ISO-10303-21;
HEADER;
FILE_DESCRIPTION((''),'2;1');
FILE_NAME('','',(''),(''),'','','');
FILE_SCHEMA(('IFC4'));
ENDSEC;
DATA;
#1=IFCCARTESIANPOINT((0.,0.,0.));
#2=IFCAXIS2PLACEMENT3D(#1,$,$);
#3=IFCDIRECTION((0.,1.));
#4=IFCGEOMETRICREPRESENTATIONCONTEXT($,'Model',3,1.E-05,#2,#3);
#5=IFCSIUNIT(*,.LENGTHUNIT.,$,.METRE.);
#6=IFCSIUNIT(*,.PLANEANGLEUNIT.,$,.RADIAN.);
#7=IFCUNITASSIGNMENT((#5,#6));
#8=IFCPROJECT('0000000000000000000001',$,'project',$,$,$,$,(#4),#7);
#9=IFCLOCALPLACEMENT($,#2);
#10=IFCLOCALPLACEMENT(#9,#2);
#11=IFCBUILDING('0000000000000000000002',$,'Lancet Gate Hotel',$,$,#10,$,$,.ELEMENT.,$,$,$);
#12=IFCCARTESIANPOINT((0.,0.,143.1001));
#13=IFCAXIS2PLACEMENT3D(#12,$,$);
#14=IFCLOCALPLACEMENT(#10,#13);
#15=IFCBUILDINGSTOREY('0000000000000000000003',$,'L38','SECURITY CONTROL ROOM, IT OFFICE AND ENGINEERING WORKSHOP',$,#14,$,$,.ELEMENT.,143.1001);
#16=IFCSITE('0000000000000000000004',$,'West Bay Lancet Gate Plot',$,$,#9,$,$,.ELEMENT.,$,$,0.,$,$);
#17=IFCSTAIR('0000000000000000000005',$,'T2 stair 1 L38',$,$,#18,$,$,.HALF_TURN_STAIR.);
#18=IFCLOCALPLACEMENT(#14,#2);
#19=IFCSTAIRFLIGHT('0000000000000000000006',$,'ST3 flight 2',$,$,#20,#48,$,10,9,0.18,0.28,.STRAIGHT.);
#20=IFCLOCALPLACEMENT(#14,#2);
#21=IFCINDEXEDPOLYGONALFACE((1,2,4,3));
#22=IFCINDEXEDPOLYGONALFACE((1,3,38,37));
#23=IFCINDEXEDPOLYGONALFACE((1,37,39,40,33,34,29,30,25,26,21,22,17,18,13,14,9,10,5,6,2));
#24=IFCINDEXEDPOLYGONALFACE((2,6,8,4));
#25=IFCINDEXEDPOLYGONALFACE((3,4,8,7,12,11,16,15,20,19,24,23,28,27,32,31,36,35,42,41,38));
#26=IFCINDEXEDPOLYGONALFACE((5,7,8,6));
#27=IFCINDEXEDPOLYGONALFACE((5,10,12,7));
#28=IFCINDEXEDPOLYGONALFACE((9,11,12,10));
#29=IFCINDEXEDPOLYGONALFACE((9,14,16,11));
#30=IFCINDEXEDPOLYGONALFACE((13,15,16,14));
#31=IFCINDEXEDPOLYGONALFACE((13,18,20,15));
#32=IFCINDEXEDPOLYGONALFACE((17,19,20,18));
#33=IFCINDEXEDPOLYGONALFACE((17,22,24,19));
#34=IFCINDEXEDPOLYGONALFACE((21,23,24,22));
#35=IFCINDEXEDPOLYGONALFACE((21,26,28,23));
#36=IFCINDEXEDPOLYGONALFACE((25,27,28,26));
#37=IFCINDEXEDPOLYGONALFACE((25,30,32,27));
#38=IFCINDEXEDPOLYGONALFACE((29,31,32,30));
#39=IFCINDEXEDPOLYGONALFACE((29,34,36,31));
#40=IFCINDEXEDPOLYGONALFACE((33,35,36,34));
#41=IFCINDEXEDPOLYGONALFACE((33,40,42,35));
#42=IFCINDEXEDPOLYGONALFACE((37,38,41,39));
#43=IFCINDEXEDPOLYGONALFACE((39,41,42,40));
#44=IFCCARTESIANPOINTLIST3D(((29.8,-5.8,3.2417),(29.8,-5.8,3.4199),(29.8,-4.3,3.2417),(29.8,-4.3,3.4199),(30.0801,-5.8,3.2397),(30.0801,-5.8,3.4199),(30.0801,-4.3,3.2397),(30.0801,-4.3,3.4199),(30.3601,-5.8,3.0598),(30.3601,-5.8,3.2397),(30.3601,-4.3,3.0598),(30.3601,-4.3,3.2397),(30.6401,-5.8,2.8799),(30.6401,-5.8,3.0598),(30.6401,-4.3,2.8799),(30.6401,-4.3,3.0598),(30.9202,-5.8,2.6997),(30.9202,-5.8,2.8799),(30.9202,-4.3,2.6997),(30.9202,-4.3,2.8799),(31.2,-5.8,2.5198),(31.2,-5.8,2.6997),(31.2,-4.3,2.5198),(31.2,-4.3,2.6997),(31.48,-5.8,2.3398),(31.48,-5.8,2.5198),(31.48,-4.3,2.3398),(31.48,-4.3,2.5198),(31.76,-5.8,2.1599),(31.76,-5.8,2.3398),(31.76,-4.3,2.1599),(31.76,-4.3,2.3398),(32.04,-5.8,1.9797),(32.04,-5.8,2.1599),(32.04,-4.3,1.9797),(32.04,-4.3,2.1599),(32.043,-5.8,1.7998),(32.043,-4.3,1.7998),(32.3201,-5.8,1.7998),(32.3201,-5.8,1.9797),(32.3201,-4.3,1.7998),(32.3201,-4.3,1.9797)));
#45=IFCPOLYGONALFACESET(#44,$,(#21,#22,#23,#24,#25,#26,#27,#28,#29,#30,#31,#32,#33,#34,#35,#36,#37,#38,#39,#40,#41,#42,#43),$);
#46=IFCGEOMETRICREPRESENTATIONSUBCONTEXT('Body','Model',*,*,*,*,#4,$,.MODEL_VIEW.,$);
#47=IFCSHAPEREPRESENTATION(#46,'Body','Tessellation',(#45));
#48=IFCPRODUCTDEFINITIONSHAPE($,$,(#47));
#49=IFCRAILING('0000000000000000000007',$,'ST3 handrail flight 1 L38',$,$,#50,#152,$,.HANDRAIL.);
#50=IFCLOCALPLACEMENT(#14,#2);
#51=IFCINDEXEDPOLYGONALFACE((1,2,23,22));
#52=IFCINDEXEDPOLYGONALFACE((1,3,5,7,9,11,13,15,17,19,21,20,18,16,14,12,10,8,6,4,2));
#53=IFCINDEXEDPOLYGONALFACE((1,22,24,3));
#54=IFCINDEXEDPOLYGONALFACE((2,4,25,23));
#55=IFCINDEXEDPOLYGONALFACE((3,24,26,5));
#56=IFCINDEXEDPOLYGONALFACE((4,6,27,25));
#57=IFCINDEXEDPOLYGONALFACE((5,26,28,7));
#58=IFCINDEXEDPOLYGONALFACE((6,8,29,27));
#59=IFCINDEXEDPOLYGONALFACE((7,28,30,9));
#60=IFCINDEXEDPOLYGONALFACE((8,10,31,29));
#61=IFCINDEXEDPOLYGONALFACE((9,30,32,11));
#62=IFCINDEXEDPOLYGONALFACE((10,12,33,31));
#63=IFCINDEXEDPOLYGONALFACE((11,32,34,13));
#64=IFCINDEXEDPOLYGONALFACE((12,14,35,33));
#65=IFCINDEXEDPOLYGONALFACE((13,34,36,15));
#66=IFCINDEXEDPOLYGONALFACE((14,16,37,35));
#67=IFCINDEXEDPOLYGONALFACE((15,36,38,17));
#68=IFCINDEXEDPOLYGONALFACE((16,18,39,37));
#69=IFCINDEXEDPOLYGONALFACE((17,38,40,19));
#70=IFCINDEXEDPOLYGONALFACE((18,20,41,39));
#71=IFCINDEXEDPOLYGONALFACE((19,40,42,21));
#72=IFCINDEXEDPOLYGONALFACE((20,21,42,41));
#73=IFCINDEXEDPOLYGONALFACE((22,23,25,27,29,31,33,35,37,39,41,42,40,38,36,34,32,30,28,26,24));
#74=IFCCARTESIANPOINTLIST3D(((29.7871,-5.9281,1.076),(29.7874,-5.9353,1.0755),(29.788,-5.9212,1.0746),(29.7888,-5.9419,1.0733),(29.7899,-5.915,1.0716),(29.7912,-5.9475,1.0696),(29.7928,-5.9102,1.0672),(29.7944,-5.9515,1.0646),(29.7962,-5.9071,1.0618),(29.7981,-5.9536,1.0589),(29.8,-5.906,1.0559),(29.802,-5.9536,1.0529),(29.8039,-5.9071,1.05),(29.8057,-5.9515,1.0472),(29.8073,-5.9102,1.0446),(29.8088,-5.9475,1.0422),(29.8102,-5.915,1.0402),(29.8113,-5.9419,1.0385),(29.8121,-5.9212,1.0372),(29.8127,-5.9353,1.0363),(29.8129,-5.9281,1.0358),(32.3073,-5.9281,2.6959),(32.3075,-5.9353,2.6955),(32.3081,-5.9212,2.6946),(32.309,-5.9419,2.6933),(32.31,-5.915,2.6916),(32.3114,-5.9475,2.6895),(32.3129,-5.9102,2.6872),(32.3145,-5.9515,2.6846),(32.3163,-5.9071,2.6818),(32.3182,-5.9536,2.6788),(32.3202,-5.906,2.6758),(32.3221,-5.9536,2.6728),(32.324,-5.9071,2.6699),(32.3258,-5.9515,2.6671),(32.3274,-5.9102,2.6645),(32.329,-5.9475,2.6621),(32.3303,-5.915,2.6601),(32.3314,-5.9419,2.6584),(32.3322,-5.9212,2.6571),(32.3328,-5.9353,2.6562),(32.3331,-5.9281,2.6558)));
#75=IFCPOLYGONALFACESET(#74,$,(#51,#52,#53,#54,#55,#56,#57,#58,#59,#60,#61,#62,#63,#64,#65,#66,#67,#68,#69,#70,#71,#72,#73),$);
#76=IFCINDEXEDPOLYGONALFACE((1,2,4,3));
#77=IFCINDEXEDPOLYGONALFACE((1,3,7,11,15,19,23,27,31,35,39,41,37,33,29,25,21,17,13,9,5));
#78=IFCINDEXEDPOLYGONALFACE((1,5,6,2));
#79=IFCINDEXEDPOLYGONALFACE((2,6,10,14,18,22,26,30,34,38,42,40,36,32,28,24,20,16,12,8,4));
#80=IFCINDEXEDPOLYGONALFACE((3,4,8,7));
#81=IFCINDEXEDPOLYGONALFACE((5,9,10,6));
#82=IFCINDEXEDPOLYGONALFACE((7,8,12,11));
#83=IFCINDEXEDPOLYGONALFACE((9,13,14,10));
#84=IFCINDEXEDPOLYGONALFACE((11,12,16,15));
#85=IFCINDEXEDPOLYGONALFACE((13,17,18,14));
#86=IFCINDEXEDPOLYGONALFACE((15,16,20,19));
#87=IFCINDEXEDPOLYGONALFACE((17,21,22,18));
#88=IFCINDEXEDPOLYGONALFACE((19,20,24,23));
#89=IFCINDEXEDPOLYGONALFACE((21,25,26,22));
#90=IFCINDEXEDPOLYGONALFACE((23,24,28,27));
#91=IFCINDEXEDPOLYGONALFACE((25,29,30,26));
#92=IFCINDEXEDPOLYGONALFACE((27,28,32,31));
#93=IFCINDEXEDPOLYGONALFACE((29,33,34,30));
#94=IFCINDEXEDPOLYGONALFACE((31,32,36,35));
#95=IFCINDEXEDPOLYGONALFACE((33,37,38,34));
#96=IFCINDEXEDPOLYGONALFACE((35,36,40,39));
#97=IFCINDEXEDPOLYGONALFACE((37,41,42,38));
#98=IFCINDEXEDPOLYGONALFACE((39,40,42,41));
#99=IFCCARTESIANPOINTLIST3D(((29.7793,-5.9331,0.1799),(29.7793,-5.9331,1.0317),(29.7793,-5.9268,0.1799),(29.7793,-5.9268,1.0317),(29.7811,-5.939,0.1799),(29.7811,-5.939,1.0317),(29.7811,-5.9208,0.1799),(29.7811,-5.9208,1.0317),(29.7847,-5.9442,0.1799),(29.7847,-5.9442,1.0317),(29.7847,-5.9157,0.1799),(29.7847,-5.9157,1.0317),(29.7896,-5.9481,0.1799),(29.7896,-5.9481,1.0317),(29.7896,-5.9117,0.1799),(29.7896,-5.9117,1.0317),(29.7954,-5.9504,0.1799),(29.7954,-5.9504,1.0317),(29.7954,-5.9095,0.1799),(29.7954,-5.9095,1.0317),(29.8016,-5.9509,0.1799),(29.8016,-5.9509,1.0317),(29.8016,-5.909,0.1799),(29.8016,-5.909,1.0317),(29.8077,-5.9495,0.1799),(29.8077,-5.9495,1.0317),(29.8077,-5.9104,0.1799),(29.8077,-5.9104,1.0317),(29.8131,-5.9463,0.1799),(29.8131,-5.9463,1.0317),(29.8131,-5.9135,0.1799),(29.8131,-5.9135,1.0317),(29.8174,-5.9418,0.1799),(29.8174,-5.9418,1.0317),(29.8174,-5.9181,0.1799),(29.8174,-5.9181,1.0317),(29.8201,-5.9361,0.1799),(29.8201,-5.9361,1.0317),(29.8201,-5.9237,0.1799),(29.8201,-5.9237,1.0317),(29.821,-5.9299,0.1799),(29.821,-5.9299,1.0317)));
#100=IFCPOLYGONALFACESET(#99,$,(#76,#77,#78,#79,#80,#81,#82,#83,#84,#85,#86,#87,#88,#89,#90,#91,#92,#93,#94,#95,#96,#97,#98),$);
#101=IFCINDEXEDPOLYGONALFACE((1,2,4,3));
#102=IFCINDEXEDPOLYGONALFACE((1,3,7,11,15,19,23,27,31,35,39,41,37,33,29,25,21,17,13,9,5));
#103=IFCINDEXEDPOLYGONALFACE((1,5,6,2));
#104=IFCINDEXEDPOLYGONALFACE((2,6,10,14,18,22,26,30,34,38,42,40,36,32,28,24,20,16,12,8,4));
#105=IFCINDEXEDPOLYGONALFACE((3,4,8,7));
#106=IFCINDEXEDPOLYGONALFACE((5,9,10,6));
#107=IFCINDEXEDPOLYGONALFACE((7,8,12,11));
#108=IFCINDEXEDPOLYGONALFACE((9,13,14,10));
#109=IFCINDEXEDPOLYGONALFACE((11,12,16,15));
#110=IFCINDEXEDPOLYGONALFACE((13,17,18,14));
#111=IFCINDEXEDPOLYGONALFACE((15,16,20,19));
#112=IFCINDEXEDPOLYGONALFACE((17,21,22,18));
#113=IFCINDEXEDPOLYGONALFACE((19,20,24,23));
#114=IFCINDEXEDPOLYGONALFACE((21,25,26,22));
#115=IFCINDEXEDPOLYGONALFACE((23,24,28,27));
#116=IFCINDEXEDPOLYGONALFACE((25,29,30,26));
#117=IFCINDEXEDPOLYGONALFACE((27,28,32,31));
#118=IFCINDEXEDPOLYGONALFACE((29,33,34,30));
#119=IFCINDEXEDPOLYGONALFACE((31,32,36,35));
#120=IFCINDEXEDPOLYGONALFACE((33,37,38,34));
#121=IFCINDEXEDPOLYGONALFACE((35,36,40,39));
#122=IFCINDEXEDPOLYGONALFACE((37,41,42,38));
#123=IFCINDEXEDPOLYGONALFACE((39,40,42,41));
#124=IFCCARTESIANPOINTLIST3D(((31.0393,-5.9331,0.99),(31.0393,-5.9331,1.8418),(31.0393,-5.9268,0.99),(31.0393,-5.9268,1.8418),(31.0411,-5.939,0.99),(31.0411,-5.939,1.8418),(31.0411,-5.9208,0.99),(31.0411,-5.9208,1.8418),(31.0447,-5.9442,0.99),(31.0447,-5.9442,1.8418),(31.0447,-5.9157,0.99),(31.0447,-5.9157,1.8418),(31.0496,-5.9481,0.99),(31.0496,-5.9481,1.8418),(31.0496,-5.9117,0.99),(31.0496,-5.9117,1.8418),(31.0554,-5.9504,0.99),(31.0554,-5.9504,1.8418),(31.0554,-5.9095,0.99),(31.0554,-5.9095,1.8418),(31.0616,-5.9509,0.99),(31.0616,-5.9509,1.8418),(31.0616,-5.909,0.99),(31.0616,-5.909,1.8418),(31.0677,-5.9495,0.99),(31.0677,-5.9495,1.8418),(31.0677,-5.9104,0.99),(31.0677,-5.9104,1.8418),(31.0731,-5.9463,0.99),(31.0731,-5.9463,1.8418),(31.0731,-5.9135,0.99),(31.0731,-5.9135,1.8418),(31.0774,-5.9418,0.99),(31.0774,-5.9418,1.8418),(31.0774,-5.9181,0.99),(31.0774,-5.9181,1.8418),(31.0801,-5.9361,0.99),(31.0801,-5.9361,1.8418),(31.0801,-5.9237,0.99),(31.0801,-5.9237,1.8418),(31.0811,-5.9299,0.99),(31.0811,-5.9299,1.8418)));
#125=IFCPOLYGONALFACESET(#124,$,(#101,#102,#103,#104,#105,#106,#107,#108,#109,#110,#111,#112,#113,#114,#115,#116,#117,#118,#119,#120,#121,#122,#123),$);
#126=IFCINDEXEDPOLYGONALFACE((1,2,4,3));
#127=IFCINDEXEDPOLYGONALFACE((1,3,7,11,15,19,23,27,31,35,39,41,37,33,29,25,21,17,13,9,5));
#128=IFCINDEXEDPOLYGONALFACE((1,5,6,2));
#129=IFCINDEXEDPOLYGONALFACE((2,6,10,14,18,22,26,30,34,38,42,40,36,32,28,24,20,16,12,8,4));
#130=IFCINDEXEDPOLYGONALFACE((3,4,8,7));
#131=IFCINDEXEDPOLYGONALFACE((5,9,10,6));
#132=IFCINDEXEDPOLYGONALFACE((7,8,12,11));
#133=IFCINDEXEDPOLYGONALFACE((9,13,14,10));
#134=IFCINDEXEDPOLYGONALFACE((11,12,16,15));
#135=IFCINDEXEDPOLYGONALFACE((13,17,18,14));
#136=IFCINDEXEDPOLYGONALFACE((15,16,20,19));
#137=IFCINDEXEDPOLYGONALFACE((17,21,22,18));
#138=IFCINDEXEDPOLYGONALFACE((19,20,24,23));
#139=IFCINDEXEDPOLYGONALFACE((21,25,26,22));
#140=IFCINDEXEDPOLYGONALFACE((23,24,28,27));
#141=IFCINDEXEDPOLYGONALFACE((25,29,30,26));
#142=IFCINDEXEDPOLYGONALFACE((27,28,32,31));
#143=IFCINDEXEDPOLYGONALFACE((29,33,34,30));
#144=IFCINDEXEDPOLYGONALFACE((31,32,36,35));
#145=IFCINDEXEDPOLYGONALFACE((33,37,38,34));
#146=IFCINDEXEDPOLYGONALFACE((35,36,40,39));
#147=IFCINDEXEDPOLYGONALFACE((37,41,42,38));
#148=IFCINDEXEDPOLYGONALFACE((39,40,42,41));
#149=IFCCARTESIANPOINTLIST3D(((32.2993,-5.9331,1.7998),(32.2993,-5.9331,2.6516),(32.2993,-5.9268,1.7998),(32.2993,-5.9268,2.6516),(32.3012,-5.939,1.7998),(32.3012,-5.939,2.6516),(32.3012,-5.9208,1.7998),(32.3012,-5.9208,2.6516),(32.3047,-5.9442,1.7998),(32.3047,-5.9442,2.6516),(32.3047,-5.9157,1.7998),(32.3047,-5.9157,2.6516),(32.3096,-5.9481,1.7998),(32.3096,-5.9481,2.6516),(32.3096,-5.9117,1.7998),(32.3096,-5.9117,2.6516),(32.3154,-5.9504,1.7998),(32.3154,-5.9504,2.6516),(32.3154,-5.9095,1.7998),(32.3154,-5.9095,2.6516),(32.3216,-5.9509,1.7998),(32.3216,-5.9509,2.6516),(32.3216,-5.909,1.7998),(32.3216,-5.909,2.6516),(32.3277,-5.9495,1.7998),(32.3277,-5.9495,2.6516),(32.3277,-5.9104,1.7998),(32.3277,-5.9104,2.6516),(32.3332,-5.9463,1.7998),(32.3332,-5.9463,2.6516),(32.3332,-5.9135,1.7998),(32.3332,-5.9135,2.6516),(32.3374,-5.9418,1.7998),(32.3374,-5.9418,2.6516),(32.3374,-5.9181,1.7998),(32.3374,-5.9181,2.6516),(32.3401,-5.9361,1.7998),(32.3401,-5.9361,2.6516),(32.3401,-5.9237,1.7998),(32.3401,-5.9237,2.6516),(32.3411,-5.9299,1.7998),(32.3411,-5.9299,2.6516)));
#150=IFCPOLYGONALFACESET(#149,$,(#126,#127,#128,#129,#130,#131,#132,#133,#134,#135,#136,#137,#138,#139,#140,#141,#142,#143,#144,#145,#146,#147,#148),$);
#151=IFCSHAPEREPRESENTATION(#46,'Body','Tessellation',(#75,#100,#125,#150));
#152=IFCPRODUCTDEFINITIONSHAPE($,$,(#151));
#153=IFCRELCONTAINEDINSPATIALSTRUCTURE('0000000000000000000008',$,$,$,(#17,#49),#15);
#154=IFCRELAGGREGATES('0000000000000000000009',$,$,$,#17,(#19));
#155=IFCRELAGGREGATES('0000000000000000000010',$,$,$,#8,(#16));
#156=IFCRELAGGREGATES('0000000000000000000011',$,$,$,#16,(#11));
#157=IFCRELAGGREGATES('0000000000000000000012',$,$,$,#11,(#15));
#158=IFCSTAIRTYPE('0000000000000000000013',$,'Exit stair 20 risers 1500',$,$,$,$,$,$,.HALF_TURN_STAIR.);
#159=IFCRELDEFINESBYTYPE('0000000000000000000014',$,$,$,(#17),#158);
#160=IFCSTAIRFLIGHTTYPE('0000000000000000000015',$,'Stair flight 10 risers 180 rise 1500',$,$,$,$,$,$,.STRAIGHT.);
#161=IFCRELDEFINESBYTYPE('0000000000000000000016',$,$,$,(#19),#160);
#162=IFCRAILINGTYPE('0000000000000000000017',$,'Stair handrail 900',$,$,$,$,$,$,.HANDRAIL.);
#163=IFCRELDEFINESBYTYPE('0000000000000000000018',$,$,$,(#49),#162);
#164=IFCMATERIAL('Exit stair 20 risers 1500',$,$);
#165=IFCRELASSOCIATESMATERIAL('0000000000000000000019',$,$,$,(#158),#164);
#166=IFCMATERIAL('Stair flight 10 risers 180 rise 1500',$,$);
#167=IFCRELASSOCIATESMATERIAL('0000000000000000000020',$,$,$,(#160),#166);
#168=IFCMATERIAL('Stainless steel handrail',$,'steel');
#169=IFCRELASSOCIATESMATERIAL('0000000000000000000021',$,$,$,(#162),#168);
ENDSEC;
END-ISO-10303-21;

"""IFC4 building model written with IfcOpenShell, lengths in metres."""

from ifc_helpers import new_model, si_unit, direction, frame, origin, origin_2d, place, context, subcontext, project, spatial, polyline, circle, outline, extrude, material, type_object, element, aggregate, save


model = new_model("IFC4")

# Units and contexts
model_context = context("Model", 3, precision=1e-05, world=origin(), true_north=direction((0.0, 1.0)))
body_context = subcontext(model_context, "Body", "Model", "MODEL_VIEW")
ifc_project = project(units=[si_unit("LENGTHUNIT", "METRE"), si_unit("PLANEANGLEUNIT", "RADIAN")], contexts=[model_context])

# Site, building, storey
site_placement = place(None, origin())
site = spatial("IfcSite", under=ifc_project, at=site_placement, Name="West Bay Lancet Gate Plot", CompositionType="ELEMENT", RefElevation=0.0)
building_placement = place(site_placement, origin())
building = spatial("IfcBuilding", under=site, at=building_placement, Name="Lancet Gate Hotel", CompositionType="ELEMENT")
storey_placement = place(building_placement, frame((0.0, 0.0, 143.1001)))
storey = spatial("IfcBuildingStorey", under=building, at=storey_placement, Name="L38", Description="SECURITY CONTROL ROOM, IT OFFICE AND ENGINEERING WORKSHOP", CompositionType="ELEMENT", Elevation=143.1001)

# Stair, stair flight
ifc_material_1 = material(Name="Exit stair 20 risers 1500")
stair_type = type_object("IfcStairType", Name="Exit stair 20 risers 1500", PredefinedType="HALF_TURN_STAIR", material=ifc_material_1)
stair_placement = place(storey_placement, origin())
stair = element("IfcStair", 1, at=stair_placement, inside=storey, type_object=stair_type, Name="T2 stair 1 L38", PredefinedType="HALF_TURN_STAIR")
ifc_material_2 = material(Name="Stair flight 10 risers 180 rise 1500")
stair_flight_type = type_object("IfcStairFlightType", Name="Stair flight 10 risers 180 rise 1500", PredefinedType="STRAIGHT", material=ifc_material_2)
stair_flight_1_placement = place(storey_placement, frame((32.3201, -5.05, 1.7998), z_axis=(0.0, 0.0, 1.0), x_axis=(-1.0, 0.0, 0.0)))
stair_flight_1 = element("IfcStairFlight", 2, at=stair_flight_1_placement, type_object=stair_flight_type, Name="ST3 flight 2", NumberOfRisers=10, NumberOfTreads=9, PredefinedType="STRAIGHT", RiserHeight=0.18, TreadLength=0.28, context=body_context, shape_type="SweptSolid", body=[
    extrude(outline(polyline([(0.0, 0.0), (0.0, 0.1799), (0.28, 0.1799), (0.28, 0.3601), (0.5601, 0.3601), (0.5601, 0.54), (0.8401, 0.54), (0.8401, 0.72), (1.1201, 0.72), (1.1201, 0.8999), (1.3999, 0.8999), (1.3999, 1.0801), (1.6799, 1.0801), (1.6799, 1.26), (1.96, 1.26), (1.96, 1.4399), (2.24, 1.4399), (2.24, 1.6201), (2.52, 1.6201), (2.52, 1.8), (2.52, 1.4419), (0.2771, 0.0), (0.0, 0.0)])), frame((0.0, 0.75, 0.0), z_axis=(0.0, -1.0, 0.0), x_axis=(1.0, 0.0, 0.0)), (0.0, 0.0, 1.0), 1.5),
])
aggregate(stair, [stair_flight_1])

# Railing
ifc_material_3 = material(Name="Stainless steel handrail", Category="steel")
railing_type = type_object("IfcRailingType", Name="Stair handrail 900", PredefinedType="HANDRAIL", material=ifc_material_3)
railing_1_placement = place(storey_placement, frame((29.8, -5.9299, 0.1799)))
element("IfcRailing", 3, at=railing_1_placement, inside=storey, type_object=railing_type, Name="ST3 handrail flight 1 L38", PredefinedType="HANDRAIL", context=body_context, shape_type="SweptSolid", body=[
    extrude(circle(Radius=0.0239, at=origin_2d()), frame((0.0, 0.0, 0.876), z_axis=(0.8412, 0.0, 0.540725), x_axis=(0.0, 1.0, 0.0)), (0.0, 0.0, 1.0), 2.9958),
    extrude(circle(Radius=0.021, at=origin_2d()), origin(), (0.0, 0.0, 1.0), 0.8518),
    extrude(circle(Radius=0.021, at=origin_2d()), frame((1.26, 0.0, 0.8101)), (0.0, 0.0, 1.0), 0.8518),
    extrude(circle(Radius=0.021, at=origin_2d()), frame((2.52, 0.0, 1.6199)), (0.0, 0.0, 1.0), 0.8518),
])

save(model, "model.ifc")
